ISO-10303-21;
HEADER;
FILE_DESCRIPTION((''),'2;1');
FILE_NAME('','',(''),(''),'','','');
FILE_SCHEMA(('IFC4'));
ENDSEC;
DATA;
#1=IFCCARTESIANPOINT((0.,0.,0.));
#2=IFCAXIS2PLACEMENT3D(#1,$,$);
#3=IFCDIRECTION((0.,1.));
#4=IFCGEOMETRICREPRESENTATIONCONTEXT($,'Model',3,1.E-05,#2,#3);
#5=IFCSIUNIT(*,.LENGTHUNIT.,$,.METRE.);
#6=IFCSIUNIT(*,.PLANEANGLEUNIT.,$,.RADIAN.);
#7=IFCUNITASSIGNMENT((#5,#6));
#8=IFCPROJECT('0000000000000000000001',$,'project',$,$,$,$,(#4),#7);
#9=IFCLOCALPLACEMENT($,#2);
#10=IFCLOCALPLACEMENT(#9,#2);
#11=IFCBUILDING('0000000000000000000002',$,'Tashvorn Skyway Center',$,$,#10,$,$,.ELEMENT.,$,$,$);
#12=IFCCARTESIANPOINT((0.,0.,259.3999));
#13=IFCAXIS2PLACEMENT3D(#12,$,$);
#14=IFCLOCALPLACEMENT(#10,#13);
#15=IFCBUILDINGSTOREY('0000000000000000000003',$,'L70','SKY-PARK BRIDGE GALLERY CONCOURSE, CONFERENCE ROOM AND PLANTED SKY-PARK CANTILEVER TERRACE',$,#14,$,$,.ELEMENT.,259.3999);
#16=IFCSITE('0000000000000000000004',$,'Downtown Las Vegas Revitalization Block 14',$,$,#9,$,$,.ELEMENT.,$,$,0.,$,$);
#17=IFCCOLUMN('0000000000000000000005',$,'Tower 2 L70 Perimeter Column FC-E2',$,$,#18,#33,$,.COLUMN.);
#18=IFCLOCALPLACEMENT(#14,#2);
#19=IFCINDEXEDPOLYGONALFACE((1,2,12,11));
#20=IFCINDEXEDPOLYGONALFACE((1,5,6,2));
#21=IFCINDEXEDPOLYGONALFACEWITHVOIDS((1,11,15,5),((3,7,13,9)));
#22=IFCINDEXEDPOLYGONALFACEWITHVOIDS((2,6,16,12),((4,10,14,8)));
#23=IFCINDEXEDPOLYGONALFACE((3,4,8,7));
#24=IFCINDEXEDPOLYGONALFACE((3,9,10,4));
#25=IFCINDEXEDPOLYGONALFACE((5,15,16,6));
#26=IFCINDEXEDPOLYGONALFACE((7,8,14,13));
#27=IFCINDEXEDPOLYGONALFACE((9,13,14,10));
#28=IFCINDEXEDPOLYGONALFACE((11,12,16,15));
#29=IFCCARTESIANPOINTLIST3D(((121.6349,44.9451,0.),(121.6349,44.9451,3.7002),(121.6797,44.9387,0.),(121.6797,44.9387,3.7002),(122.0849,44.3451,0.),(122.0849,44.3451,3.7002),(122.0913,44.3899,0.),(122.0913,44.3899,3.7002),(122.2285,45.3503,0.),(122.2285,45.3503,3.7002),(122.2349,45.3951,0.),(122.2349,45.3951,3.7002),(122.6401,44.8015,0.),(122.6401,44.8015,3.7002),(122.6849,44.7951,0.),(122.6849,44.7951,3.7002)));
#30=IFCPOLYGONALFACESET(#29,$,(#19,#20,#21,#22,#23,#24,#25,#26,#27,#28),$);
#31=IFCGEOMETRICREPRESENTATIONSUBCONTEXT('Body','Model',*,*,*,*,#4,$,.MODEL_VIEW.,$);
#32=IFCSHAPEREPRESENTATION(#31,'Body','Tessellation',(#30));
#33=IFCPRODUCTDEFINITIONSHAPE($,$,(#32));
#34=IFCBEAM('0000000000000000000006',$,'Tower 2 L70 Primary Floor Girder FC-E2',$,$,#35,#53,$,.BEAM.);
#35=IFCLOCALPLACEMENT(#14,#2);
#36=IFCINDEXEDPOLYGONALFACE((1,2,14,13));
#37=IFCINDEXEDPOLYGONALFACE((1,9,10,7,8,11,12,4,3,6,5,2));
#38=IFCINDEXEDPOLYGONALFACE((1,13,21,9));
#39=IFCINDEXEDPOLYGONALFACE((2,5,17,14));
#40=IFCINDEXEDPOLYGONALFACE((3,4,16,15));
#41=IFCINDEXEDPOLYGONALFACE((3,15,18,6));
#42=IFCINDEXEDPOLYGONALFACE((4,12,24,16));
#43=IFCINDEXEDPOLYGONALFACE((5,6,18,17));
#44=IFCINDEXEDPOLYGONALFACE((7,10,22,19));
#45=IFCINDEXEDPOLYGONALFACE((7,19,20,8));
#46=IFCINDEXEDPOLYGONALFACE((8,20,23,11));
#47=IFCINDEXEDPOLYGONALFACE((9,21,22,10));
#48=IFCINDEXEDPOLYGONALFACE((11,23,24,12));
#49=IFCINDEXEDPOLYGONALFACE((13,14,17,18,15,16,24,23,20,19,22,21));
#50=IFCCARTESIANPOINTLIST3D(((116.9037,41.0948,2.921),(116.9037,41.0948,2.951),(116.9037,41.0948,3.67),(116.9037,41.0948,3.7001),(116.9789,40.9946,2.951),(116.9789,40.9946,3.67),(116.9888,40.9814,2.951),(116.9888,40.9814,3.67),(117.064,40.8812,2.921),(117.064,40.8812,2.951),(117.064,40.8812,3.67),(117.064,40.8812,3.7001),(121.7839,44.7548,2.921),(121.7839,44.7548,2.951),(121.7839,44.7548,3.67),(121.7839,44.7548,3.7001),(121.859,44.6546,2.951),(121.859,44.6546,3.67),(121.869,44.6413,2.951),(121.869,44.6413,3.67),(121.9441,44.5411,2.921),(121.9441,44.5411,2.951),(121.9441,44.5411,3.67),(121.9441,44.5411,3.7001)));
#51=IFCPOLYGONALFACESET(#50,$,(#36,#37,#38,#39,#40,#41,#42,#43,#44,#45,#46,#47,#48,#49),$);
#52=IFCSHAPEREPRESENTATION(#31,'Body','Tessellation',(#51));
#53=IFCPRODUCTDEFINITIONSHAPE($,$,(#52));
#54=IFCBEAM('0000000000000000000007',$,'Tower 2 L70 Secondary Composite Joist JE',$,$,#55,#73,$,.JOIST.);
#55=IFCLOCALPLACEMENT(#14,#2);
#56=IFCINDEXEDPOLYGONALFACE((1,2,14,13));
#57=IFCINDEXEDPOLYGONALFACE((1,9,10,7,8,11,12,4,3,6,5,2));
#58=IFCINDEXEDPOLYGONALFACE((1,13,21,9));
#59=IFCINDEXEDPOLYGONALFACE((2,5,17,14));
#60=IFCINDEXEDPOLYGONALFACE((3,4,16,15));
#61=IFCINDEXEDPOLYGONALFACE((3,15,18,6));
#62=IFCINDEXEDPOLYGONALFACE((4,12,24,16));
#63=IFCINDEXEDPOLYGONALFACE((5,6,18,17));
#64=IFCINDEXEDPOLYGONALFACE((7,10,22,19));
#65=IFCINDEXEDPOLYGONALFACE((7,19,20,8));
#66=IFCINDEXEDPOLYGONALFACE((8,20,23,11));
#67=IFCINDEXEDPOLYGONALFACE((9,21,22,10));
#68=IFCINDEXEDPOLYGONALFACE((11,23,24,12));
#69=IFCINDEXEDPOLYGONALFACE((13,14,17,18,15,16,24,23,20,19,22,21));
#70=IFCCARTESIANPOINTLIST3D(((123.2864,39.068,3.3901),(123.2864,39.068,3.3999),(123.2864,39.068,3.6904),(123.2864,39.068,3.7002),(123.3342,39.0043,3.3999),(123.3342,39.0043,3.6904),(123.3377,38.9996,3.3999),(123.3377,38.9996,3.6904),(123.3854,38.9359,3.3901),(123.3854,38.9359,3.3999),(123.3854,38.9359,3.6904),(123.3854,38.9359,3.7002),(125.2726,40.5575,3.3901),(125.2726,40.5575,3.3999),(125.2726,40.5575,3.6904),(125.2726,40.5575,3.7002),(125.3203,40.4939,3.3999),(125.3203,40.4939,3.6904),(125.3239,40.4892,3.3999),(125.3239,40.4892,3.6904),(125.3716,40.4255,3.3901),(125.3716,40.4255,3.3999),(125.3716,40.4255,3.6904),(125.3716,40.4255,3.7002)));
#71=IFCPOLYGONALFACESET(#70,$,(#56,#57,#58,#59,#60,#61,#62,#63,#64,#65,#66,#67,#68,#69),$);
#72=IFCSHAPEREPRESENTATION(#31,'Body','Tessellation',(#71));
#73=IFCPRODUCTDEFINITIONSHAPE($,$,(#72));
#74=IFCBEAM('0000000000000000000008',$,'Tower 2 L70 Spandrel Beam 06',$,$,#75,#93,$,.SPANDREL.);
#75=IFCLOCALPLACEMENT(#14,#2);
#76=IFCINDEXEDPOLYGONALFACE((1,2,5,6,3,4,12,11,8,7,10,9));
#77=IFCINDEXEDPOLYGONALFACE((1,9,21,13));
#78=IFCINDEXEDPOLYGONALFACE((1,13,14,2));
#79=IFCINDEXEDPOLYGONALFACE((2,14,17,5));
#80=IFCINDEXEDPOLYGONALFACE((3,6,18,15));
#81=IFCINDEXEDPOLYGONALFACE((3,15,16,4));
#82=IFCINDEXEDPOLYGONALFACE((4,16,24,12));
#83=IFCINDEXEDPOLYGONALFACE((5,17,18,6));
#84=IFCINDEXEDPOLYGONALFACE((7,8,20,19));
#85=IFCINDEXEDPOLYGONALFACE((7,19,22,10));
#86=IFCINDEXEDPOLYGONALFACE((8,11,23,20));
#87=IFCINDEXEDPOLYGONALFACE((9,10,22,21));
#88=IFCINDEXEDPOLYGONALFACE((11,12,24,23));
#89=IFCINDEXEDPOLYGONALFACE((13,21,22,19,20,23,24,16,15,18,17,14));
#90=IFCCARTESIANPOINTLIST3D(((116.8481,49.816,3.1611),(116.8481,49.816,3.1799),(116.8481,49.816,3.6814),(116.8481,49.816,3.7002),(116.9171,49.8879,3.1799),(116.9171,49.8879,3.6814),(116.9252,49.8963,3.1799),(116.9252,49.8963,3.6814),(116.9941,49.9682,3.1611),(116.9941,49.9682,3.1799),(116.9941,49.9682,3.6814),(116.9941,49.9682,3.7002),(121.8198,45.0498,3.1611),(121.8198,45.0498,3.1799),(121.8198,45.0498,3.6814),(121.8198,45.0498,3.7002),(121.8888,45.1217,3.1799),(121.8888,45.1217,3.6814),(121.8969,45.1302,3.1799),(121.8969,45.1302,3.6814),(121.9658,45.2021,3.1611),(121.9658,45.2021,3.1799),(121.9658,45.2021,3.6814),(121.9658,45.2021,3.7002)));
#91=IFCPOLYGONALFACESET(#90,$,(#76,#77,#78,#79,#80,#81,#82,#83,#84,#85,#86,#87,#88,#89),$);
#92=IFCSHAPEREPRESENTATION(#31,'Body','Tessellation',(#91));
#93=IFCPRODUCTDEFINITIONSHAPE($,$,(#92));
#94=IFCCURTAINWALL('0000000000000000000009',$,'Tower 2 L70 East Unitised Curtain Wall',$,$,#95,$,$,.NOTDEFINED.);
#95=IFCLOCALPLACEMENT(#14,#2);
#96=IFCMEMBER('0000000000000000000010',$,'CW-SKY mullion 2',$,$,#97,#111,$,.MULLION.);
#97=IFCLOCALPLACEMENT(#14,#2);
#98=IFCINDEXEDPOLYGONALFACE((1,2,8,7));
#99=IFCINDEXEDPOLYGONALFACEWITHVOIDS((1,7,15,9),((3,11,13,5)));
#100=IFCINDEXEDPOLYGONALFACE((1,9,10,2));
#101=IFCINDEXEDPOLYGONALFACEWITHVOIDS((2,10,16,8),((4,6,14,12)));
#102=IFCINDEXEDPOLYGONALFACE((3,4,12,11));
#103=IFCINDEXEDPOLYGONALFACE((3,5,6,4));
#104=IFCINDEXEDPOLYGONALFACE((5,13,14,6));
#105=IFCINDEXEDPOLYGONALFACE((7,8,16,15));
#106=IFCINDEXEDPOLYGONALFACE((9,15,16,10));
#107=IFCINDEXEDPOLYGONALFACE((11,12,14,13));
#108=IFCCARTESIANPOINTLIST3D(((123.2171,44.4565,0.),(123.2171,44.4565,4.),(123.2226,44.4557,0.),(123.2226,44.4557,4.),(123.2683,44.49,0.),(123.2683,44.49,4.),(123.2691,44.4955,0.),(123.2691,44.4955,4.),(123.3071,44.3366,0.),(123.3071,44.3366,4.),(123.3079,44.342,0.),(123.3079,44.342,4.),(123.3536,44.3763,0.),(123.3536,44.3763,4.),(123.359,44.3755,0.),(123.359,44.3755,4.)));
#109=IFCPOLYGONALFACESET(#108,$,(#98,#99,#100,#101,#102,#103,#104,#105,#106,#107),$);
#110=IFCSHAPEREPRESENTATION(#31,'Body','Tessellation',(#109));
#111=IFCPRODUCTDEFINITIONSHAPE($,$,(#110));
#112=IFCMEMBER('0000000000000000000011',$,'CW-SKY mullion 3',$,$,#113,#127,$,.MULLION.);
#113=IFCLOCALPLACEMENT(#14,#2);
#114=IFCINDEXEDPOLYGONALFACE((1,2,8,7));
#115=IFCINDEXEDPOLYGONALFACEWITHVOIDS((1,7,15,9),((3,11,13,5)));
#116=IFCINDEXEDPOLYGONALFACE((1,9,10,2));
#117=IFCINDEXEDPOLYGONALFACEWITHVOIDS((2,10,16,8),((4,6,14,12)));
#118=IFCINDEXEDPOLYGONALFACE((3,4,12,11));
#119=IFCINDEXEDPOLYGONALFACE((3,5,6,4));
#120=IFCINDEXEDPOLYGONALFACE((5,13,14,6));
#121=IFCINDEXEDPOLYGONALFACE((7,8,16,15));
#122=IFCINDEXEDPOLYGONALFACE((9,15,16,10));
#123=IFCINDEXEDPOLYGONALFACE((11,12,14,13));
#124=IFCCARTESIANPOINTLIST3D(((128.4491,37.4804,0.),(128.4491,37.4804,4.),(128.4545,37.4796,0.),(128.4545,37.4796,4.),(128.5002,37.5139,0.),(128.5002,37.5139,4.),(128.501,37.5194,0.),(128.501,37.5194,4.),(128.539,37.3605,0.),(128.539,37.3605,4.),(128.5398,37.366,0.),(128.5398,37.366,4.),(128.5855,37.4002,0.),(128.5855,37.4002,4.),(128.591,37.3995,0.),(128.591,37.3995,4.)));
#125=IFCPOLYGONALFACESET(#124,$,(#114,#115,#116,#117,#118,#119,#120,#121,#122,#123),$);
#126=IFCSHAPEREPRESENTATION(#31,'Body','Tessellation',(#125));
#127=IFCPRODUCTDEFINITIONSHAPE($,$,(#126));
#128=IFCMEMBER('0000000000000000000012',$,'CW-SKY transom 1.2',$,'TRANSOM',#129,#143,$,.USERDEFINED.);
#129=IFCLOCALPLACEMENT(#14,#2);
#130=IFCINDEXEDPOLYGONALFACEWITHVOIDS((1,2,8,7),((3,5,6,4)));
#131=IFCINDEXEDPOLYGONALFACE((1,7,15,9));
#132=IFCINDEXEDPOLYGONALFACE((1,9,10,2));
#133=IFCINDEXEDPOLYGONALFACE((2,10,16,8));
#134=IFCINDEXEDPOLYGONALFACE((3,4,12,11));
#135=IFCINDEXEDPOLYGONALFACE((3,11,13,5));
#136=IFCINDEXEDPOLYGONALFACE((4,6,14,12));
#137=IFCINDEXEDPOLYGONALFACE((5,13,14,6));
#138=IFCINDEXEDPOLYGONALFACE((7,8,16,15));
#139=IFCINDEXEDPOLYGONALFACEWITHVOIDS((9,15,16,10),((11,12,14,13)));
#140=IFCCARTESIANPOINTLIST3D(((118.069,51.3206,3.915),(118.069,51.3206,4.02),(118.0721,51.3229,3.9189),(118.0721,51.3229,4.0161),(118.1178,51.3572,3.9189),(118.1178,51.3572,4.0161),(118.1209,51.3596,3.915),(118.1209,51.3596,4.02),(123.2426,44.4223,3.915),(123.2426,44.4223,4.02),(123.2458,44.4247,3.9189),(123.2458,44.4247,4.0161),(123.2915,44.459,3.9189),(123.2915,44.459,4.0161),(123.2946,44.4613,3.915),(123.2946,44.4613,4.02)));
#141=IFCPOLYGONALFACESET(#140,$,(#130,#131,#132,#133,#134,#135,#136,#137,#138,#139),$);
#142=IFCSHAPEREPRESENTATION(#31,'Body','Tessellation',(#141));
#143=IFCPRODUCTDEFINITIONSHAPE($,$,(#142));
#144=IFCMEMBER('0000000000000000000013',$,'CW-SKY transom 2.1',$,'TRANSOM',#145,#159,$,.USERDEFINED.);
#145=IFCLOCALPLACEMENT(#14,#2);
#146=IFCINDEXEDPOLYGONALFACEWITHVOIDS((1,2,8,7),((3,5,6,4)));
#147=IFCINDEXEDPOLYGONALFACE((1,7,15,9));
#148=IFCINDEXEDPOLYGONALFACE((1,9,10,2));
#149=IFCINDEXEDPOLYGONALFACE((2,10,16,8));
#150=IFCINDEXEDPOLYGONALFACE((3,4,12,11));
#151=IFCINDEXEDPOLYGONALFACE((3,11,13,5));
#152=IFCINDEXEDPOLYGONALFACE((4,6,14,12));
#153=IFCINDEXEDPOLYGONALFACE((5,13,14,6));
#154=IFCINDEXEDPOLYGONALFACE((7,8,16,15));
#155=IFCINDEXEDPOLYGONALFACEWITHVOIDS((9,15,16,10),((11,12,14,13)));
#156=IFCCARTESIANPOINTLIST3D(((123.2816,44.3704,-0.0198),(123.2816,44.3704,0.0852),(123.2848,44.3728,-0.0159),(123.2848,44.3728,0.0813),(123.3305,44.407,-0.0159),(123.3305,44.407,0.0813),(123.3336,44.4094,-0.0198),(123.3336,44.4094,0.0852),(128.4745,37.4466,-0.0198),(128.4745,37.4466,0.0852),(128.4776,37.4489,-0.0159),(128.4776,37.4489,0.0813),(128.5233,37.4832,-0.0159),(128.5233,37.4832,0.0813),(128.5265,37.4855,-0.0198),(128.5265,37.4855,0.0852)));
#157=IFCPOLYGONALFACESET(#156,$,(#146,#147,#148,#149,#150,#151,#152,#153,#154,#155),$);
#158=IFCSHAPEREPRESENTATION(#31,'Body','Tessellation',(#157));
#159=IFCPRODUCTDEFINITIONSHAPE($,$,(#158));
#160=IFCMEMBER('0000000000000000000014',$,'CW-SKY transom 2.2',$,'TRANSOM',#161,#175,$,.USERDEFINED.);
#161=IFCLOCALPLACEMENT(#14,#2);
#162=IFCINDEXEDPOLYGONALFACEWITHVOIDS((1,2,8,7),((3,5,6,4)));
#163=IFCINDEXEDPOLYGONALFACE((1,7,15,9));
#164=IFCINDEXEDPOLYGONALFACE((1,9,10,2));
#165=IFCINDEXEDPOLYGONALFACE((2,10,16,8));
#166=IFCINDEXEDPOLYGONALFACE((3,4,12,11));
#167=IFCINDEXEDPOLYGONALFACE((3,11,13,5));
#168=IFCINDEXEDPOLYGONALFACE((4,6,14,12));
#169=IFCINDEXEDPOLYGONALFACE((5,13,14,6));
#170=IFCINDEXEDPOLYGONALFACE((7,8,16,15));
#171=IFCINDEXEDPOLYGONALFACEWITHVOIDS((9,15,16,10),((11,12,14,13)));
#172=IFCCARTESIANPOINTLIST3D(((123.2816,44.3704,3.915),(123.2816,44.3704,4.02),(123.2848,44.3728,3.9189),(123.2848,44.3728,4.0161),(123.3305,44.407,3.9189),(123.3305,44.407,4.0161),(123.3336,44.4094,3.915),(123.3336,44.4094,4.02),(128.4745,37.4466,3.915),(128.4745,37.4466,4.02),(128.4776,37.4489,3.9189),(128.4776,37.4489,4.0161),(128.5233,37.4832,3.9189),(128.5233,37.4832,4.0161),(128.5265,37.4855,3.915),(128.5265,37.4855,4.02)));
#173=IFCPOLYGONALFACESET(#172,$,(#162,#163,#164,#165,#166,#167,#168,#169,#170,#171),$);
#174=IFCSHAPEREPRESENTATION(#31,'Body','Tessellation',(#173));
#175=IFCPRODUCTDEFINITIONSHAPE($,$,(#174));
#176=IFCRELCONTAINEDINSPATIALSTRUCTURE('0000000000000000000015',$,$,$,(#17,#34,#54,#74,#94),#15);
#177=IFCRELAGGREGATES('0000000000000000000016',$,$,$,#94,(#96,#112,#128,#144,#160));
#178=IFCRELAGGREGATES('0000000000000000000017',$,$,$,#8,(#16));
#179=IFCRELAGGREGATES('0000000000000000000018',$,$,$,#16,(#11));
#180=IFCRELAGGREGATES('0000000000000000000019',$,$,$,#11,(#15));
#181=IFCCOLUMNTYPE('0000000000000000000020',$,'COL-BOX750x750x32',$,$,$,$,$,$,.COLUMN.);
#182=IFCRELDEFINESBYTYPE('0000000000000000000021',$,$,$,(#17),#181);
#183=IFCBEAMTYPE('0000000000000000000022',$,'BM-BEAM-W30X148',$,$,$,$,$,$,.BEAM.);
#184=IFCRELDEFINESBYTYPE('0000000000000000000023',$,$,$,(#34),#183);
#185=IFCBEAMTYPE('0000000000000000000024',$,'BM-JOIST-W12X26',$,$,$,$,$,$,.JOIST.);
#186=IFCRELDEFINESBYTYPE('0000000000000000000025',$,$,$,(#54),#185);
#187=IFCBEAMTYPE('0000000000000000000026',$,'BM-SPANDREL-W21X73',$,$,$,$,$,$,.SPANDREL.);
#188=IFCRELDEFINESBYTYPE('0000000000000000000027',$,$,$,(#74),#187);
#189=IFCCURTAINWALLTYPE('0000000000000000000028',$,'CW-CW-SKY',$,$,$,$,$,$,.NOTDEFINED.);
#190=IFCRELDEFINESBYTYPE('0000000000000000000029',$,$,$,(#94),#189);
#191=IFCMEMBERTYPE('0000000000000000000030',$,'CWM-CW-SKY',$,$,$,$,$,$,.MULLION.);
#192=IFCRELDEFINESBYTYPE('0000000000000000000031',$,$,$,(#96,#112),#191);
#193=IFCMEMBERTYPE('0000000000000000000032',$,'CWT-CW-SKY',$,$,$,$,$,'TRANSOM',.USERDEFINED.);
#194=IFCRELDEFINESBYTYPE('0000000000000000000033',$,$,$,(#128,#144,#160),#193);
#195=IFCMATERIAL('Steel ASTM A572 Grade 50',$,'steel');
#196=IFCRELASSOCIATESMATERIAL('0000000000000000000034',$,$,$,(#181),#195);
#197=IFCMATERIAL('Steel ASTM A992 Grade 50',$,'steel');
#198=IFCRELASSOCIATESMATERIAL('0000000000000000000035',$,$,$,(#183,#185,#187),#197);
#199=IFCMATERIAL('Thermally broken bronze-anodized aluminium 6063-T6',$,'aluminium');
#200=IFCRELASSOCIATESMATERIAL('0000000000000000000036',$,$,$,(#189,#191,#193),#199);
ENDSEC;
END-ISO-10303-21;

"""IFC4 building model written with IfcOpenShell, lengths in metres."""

from ifc_helpers import new_model, si_unit, direction, frame, origin, origin_2d, place, context, subcontext, project, spatial, hollow_rectangle, i_section, extrude, material, material_profile, profile_set, type_object, element, aggregate, save


model = new_model("IFC4")

# Units and contexts
model_context = context("Model", 3, precision=1e-05, world=origin(), true_north=direction((0.0, 1.0)))
body_context = subcontext(model_context, "Body", "Model", "MODEL_VIEW")
ifc_project = project(units=[si_unit("LENGTHUNIT", "METRE"), si_unit("PLANEANGLEUNIT", "RADIAN")], contexts=[model_context])

# Site, building, storey
site_placement = place(None, origin())
site = spatial("IfcSite", under=ifc_project, at=site_placement, Name="Downtown Las Vegas Revitalization Block 14", CompositionType="ELEMENT", RefElevation=0.0)
building_placement = place(site_placement, origin())
building = spatial("IfcBuilding", under=site, at=building_placement, Name="Tashvorn Skyway Center", CompositionType="ELEMENT")
storey_placement = place(building_placement, frame((0.0, 0.0, 259.3999)))
storey = spatial("IfcBuildingStorey", under=building, at=storey_placement, Name="L70", Description="SKY-PARK BRIDGE GALLERY CONCOURSE, CONFERENCE ROOM AND PLANTED SKY-PARK CANTILEVER TERRACE", CompositionType="ELEMENT", Elevation=259.3999)

# Column
ifc_material_1 = material(Name="Steel ASTM A572 Grade 50", Category="steel")
ifc_material_profile_1 = material_profile(ifc_material_1, hollow_rectangle(XDim=0.75, YDim=0.75, WallThickness=0.032, at=origin_2d()), Name="BOX750x750x32")
ifc_profile_set_1 = profile_set([ifc_material_profile_1], Name="Steel ASTM A572 Grade 50")
column_type = type_object("IfcColumnType", Name="COL-BOX750x750x32", PredefinedType="COLUMN", material=ifc_profile_set_1)
column_placement = place(storey_placement, frame((122.1599, 44.8701, 0.0), z_axis=(0.0, 0.0, 1.0), x_axis=(0.8, 0.6, 0.0)))
element("IfcColumn", 1, at=column_placement, inside=storey, type_object=column_type, Name="Tower 2 L70 Perimeter Column FC-E2", PredefinedType="COLUMN", context=body_context, shape_type="SweptSolid", body=[
    extrude(hollow_rectangle(XDim=0.75, YDim=0.75, WallThickness=0.032, at=origin_2d()), origin(), (0.0, 0.0, 1.0), 3.7002),
])

# Beams
ifc_material_2 = material(Name="Steel ASTM A992 Grade 50", Category="steel")
ifc_material_profile_2 = material_profile(ifc_material_2, i_section(OverallWidth=0.2671, OverallDepth=0.7791, WebThickness=0.0166, FlangeThickness=0.03, at=origin_2d()), Name="W30X148")
ifc_profile_set_2 = profile_set([ifc_material_profile_2], Name="Steel ASTM A992 Grade 50")
beam_type_1 = type_object("IfcBeamType", Name="BM-BEAM-W30X148", PredefinedType="BEAM", material=ifc_profile_set_2)
beam_1_placement = place(storey_placement, frame((121.864, 44.6479, 3.3105), z_axis=(-0.800014, -0.599981, 0.0), x_axis=(0.599981, -0.800014, 0.0)))
element("IfcBeam", 2, at=beam_1_placement, inside=storey, type_object=beam_type_1, Name="Tower 2 L70 Primary Floor Girder FC-E2", PredefinedType="BEAM", context=body_context, shape_type="SweptSolid", body=[
    extrude(i_section(OverallWidth=0.2671, OverallDepth=0.7791, WebThickness=0.0166, FlangeThickness=0.03, at=origin_2d()), origin(), (0.0, 0.0, 1.0), 6.1001),
])
ifc_material_profile_3 = material_profile(ifc_material_2, i_section(OverallWidth=0.165, OverallDepth=0.3101, WebThickness=0.0059, FlangeThickness=0.0098, at=origin_2d()), Name="W12X26")
ifc_profile_set_3 = profile_set([ifc_material_profile_3], Name="Steel ASTM A992 Grade 50")
beam_type_2 = type_object("IfcBeamType", Name="BM-JOIST-W12X26", PredefinedType="JOIST", material=ifc_profile_set_3)
beam_2_placement = place(storey_placement, frame((123.3359, 39.002, 3.5452), z_axis=(0.800012, 0.599984, 0.0), x_axis=(-0.599984, 0.800012, 0.0)))
element("IfcBeam", 3, at=beam_2_placement, inside=storey, type_object=beam_type_2, Name="Tower 2 L70 Secondary Composite Joist JE", PredefinedType="JOIST", context=body_context, shape_type="SweptSolid", body=[
    extrude(i_section(OverallWidth=0.165, OverallDepth=0.3101, WebThickness=0.0059, FlangeThickness=0.0098, at=origin_2d()), origin(), (0.0, 0.0, 1.0), 2.4827),
])
ifc_material_profile_4 = material_profile(ifc_material_2, i_section(OverallWidth=0.2109, OverallDepth=0.5391, WebThickness=0.0117, FlangeThickness=0.0188, at=origin_2d()), Name="W21X73")
ifc_profile_set_4 = profile_set([ifc_material_profile_4], Name="Steel ASTM A992 Grade 50")
beam_type_3 = type_object("IfcBeamType", Name="BM-SPANDREL-W21X73", PredefinedType="SPANDREL", material=ifc_profile_set_4)
beam_3_placement = place(storey_placement, frame((121.8928, 45.126, 3.4307), z_axis=(-0.721873, 0.692025, 0.0), x_axis=(-0.692025, -0.721873, 0.0)))
element("IfcBeam", 4, at=beam_3_placement, inside=storey, type_object=beam_type_3, Name="Tower 2 L70 Spandrel Beam 06", PredefinedType="SPANDREL", context=body_context, shape_type="SweptSolid", body=[
    extrude(i_section(OverallWidth=0.2109, OverallDepth=0.5391, WebThickness=0.0117, FlangeThickness=0.0188, at=origin_2d()), origin(), (0.0, 0.0, 1.0), 6.8872),
])

# Curtain wall, members
ifc_material_3 = material(Name="Thermally broken bronze-anodized aluminium 6063-T6", Category="aluminium")
curtain_wall_type = type_object("IfcCurtainWallType", Name="CW-CW-SKY", PredefinedType="NOTDEFINED", material=ifc_material_3)
curtain_wall_placement = place(storey_placement, origin())
curtain_wall = element("IfcCurtainWall", 5, at=curtain_wall_placement, inside=storey, type_object=curtain_wall_type, Name="Tower 2 L70 East Unitised Curtain Wall", PredefinedType="NOTDEFINED")
ifc_material_profile_5 = material_profile(ifc_material_3, hollow_rectangle(XDim=0.0649, YDim=0.1499, WallThickness=0.0039, at=origin_2d()), Name="ALU-MULL-65x150")
ifc_profile_set_5 = profile_set([ifc_material_profile_5], Name="Thermally broken bronze-anodized aluminium 6063-T6")
member_type_1 = type_object("IfcMemberType", Name="CWM-CW-SKY", PredefinedType="MULLION", material=ifc_profile_set_5)
member_1_placement = place(storey_placement, frame((123.2881, 44.416, 0.0), z_axis=(0.0, 0.0, 1.0), x_axis=(0.8, 0.6, 0.0)))
member_1 = element("IfcMember", 6, at=member_1_placement, type_object=member_type_1, Name="CW-SKY mullion 2", PredefinedType="MULLION", context=body_context, shape_type="SweptSolid", body=[
    extrude(hollow_rectangle(XDim=0.0649, YDim=0.1499, WallThickness=0.0039, at=origin_2d()), origin(), (0.0, 0.0, 1.0), 4.0),
])
member_2_placement = place(storey_placement, frame((128.52, 37.4399, 0.0), z_axis=(0.0, 0.0, 1.0), x_axis=(0.8, 0.6, 0.0)))
member_2 = element("IfcMember", 7, at=member_2_placement, type_object=member_type_1, Name="CW-SKY mullion 3", PredefinedType="MULLION", context=body_context, shape_type="SweptSolid", body=[
    extrude(hollow_rectangle(XDim=0.0649, YDim=0.1499, WallThickness=0.0039, at=origin_2d()), origin(), (0.0, 0.0, 1.0), 4.0),
])
ifc_material_profile_6 = material_profile(ifc_material_3, hollow_rectangle(XDim=0.0649, YDim=0.105, WallThickness=0.0039, at=origin_2d()), Name="ALU-TRAN-65x105")
ifc_profile_set_6 = profile_set([ifc_material_profile_6], Name="Thermally broken bronze-anodized aluminium 6063-T6")
member_type_2 = type_object("IfcMemberType", Name="CWT-CW-SKY", ElementType="TRANSOM", PredefinedType="USERDEFINED", material=ifc_profile_set_6)
member_3_placement = place(storey_placement, frame((118.095, 51.3401, 3.9675), z_axis=(0.599995, -0.800003, 0.0), x_axis=(0.800003, 0.599995, 0.0)))
member_3 = element("IfcMember", 8, at=member_3_placement, type_object=member_type_2, Name="CW-SKY transom 1.2", ObjectType="TRANSOM", PredefinedType="USERDEFINED", context=body_context, shape_type="SweptSolid", body=[
    extrude(hollow_rectangle(XDim=0.0649, YDim=0.105, WallThickness=0.0039, at=origin_2d()), origin(), (0.0, 0.0, 1.0), 8.6228),
])
member_4_placement = place(storey_placement, frame((123.3076, 44.3899, 0.0327), z_axis=(0.6, -0.8, 0.0), x_axis=(0.8, 0.6, 0.0)))
member_4 = element("IfcMember", 9, at=member_4_placement, type_object=member_type_2, Name="CW-SKY transom 2.1", ObjectType="TRANSOM", PredefinedType="USERDEFINED", context=body_context, shape_type="SweptSolid", body=[
    extrude(hollow_rectangle(XDim=0.0649, YDim=0.105, WallThickness=0.0039, at=origin_2d()), origin(), (0.0, 0.0, 1.0), 8.6548),
])
member_5_placement = place(storey_placement, frame((123.3076, 44.3899, 3.9675), z_axis=(0.6, -0.8, 0.0), x_axis=(0.8, 0.6, 0.0)))
member_5 = element("IfcMember", 10, at=member_5_placement, type_object=member_type_2, Name="CW-SKY transom 2.2", ObjectType="TRANSOM", PredefinedType="USERDEFINED", context=body_context, shape_type="SweptSolid", body=[
    extrude(hollow_rectangle(XDim=0.0649, YDim=0.105, WallThickness=0.0039, at=origin_2d()), origin(), (0.0, 0.0, 1.0), 8.6548),
])
aggregate(curtain_wall, [member_1, member_2, member_3, member_4, member_5])

save(model, "model.ifc")
